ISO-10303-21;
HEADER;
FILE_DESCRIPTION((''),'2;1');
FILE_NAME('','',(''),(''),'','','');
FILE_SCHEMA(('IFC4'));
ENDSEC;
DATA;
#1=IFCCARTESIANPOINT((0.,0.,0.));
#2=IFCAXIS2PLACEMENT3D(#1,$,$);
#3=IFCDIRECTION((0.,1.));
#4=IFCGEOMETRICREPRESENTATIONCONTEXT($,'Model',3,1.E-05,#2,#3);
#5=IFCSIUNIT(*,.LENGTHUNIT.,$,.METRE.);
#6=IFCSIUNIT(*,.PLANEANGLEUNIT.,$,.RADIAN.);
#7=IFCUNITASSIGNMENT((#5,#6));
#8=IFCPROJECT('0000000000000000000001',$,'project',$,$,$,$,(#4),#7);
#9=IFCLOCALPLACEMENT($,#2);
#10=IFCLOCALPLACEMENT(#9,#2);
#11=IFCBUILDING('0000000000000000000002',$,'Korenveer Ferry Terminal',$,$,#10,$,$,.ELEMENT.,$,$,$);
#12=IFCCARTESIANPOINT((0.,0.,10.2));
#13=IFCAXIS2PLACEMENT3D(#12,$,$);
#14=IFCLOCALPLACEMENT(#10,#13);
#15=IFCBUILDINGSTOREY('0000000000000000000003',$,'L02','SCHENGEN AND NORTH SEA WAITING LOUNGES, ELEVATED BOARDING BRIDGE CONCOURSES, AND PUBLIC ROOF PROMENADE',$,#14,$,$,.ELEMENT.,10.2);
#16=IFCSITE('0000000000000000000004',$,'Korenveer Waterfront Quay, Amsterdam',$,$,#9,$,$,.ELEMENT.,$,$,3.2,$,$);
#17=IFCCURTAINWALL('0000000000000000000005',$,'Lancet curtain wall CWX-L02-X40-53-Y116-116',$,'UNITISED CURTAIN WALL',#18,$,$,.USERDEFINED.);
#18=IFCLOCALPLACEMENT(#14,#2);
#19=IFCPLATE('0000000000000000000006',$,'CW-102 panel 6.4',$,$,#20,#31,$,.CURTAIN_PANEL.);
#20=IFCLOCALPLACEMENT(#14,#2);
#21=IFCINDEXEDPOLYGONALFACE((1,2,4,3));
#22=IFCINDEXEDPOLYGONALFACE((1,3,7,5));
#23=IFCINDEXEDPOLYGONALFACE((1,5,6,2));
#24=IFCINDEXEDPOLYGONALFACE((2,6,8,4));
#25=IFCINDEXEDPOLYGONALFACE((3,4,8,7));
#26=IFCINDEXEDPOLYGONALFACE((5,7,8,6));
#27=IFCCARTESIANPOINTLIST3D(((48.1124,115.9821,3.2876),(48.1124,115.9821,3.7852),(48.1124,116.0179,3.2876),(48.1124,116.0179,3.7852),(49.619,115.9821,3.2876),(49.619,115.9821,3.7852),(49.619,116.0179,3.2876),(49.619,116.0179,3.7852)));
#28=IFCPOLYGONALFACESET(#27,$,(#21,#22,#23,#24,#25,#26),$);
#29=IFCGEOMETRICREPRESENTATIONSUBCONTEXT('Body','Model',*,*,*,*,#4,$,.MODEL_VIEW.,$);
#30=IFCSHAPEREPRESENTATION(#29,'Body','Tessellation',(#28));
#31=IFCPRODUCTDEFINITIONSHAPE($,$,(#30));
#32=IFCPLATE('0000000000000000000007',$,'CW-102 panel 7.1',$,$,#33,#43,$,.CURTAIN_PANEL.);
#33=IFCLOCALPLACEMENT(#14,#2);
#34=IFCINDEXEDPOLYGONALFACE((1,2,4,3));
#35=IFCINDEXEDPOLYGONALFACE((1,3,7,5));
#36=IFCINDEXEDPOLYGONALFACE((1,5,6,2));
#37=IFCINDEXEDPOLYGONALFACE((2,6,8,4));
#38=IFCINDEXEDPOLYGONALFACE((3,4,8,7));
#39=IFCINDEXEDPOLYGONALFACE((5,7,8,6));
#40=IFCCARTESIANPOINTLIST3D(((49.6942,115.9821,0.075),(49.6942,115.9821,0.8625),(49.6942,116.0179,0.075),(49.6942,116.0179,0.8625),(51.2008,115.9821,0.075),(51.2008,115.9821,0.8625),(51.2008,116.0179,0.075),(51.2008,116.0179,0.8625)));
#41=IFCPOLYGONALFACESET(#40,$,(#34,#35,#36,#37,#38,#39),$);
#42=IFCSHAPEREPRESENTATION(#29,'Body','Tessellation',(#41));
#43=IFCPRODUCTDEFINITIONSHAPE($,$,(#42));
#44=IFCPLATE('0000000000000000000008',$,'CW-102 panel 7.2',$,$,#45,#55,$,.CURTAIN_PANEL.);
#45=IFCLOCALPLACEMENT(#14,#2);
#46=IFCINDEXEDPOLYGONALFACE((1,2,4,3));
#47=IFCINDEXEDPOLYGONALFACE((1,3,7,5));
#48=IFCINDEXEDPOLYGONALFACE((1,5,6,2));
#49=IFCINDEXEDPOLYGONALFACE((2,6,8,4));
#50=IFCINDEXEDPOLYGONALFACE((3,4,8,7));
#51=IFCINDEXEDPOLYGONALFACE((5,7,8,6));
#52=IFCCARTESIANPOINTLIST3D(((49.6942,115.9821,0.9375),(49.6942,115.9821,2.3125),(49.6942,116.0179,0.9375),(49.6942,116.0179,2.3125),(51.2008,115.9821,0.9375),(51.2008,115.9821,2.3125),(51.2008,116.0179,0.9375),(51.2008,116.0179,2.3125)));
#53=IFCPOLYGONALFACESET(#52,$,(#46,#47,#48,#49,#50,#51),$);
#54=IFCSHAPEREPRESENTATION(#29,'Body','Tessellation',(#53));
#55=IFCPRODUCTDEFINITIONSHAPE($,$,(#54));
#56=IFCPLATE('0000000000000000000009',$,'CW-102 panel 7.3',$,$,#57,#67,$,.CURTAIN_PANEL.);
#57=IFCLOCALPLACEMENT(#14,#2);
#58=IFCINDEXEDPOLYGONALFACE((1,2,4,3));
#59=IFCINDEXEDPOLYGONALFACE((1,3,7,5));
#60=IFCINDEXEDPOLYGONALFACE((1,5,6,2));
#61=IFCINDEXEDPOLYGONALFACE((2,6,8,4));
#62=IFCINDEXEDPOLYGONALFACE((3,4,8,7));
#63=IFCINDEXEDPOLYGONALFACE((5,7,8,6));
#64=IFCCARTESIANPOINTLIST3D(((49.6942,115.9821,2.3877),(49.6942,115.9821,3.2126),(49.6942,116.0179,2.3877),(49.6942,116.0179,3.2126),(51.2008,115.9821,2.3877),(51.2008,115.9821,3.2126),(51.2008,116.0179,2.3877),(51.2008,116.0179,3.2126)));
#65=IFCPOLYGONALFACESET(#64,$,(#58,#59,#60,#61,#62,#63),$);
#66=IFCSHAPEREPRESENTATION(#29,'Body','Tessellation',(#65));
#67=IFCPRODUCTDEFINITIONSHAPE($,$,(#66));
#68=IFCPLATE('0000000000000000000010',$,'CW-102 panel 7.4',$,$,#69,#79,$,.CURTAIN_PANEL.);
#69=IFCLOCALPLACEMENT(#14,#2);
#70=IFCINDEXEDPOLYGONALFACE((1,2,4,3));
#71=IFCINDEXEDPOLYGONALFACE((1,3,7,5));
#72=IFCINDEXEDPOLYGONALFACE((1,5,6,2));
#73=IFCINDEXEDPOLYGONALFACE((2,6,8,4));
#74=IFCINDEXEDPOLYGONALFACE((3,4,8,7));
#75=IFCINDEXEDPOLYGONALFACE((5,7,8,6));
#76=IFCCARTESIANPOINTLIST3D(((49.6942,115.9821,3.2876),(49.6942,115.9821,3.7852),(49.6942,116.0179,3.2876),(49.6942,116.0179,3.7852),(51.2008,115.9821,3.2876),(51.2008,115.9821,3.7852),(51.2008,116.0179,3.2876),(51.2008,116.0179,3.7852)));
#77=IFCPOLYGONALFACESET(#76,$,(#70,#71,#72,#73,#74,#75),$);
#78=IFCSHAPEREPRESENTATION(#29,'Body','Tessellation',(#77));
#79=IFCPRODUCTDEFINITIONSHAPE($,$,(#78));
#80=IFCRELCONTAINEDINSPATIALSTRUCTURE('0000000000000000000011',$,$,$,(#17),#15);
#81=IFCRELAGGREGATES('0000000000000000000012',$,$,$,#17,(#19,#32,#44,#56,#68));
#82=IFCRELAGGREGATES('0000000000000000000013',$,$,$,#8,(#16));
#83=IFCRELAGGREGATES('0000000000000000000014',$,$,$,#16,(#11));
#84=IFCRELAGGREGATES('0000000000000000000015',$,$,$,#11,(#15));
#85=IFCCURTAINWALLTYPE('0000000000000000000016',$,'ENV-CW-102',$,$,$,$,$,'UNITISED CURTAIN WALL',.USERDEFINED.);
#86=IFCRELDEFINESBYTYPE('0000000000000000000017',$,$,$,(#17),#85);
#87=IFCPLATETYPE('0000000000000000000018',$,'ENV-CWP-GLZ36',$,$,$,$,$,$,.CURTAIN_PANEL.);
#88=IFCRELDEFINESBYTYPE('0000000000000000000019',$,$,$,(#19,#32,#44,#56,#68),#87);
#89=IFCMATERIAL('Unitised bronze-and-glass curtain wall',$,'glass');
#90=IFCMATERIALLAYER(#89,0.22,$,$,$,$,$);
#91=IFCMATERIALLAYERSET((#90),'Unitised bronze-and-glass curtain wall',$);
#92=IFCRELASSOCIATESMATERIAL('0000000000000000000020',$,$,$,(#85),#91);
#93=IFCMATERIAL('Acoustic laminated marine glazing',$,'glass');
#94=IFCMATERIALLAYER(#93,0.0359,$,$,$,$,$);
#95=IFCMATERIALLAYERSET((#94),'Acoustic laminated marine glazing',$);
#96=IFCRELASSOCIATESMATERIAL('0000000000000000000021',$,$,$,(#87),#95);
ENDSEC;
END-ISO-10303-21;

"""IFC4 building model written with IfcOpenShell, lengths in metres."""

from ifc_helpers import new_model, si_unit, direction, frame, origin, origin_2d, place, context, subcontext, project, spatial, rectangle, extrude, material, layer, layer_set, type_object, element, aggregate, save


model = new_model("IFC4")

# Units and contexts
model_context = context("Model", 3, precision=1e-05, world=origin(), true_north=direction((0.0, 1.0)))
body_context = subcontext(model_context, "Body", "Model", "MODEL_VIEW")
ifc_project = project(units=[si_unit("LENGTHUNIT", "METRE"), si_unit("PLANEANGLEUNIT", "RADIAN")], contexts=[model_context])

# Site, building, storey
site_placement = place(None, origin())
site = spatial("IfcSite", under=ifc_project, at=site_placement, Name="Korenveer Waterfront Quay, Amsterdam", CompositionType="ELEMENT", RefElevation=3.2)
building_placement = place(site_placement, origin())
building = spatial("IfcBuilding", under=site, at=building_placement, Name="Korenveer Ferry Terminal", CompositionType="ELEMENT")
storey_placement = place(building_placement, frame((0.0, 0.0, 10.2)))
storey = spatial("IfcBuildingStorey", under=building, at=storey_placement, Name="L02", Description="SCHENGEN AND NORTH SEA WAITING LOUNGES, ELEVATED BOARDING BRIDGE CONCOURSES, AND PUBLIC ROOF PROMENADE", CompositionType="ELEMENT", Elevation=10.2)

# Curtain wall, plates
ifc_material_1 = material(Name="Unitised bronze-and-glass curtain wall", Category="glass")
ifc_layer_1 = layer(ifc_material_1, 0.22)
ifc_layer_set_1 = layer_set([ifc_layer_1], Name="Unitised bronze-and-glass curtain wall")
curtain_wall_type = type_object("IfcCurtainWallType", Name="ENV-CW-102", ElementType="UNITISED CURTAIN WALL", PredefinedType="USERDEFINED", material=ifc_layer_set_1)
curtain_wall_placement = place(storey_placement, frame((40.1665, 116.0, 0.0)))
curtain_wall = element("IfcCurtainWall", 1, at=curtain_wall_placement, inside=storey, type_object=curtain_wall_type, Name="Lancet curtain wall CWX-L02-X40-53-Y116-116", ObjectType="UNITISED CURTAIN WALL", PredefinedType="USERDEFINED")
ifc_material_2 = material(Name="Acoustic laminated marine glazing", Category="glass")
ifc_layer_2 = layer(ifc_material_2, 0.0359)
ifc_layer_set_2 = layer_set([ifc_layer_2], Name="Acoustic laminated marine glazing")
plate_type = type_object("IfcPlateType", Name="ENV-CWP-GLZ36", PredefinedType="CURTAIN_PANEL", material=ifc_layer_set_2)
plate_1_placement = place(storey_placement, frame((48.8657, 116.0, 3.2876), z_axis=(0.0, 0.0, 1.0), x_axis=(1.0, 0.0, 0.0)))
plate_1 = element("IfcPlate", 2, at=plate_1_placement, type_object=plate_type, Name="CW-102 panel 6.4", PredefinedType="CURTAIN_PANEL", context=body_context, shape_type="SweptSolid", body=[
    extrude(rectangle(XDim=1.5066, YDim=0.0359, at=origin_2d()), origin(), (0.0, 0.0, 1.0), 0.4976),
])
plate_2_placement = place(storey_placement, frame((50.4475, 116.0, 0.075), z_axis=(0.0, 0.0, 1.0), x_axis=(1.0, 0.0, 0.0)))
plate_2 = element("IfcPlate", 3, at=plate_2_placement, type_object=plate_type, Name="CW-102 panel 7.1", PredefinedType="CURTAIN_PANEL", context=body_context, shape_type="SweptSolid", body=[
    extrude(rectangle(XDim=1.5066, YDim=0.0359, at=origin_2d()), origin(), (0.0, 0.0, 1.0), 0.7876),
])
plate_3_placement = place(storey_placement, frame((50.4475, 116.0, 0.9375), z_axis=(0.0, 0.0, 1.0), x_axis=(1.0, 0.0, 0.0)))
plate_3 = element("IfcPlate", 4, at=plate_3_placement, type_object=plate_type, Name="CW-102 panel 7.2", PredefinedType="CURTAIN_PANEL", context=body_context, shape_type="SweptSolid", body=[
    extrude(rectangle(XDim=1.5066, YDim=0.0359, at=origin_2d()), origin(), (0.0, 0.0, 1.0), 1.375),
])
plate_4_placement = place(storey_placement, frame((50.4475, 116.0, 2.3877), z_axis=(0.0, 0.0, 1.0), x_axis=(1.0, 0.0, 0.0)))
plate_4 = element("IfcPlate", 5, at=plate_4_placement, type_object=plate_type, Name="CW-102 panel 7.3", PredefinedType="CURTAIN_PANEL", context=body_context, shape_type="SweptSolid", body=[
    extrude(rectangle(XDim=1.5066, YDim=0.0359, at=origin_2d()), origin(), (0.0, 0.0, 1.0), 0.825),
])
plate_5_placement = place(storey_placement, frame((50.4475, 116.0, 3.2876), z_axis=(0.0, 0.0, 1.0), x_axis=(1.0, 0.0, 0.0)))
plate_5 = element("IfcPlate", 6, at=plate_5_placement, type_object=plate_type, Name="CW-102 panel 7.4", PredefinedType="CURTAIN_PANEL", context=body_context, shape_type="SweptSolid", body=[
    extrude(rectangle(XDim=1.5066, YDim=0.0359, at=origin_2d()), origin(), (0.0, 0.0, 1.0), 0.4976),
])
aggregate(curtain_wall, [plate_1, plate_2, plate_3, plate_4, plate_5])

save(model, "model.ifc")
